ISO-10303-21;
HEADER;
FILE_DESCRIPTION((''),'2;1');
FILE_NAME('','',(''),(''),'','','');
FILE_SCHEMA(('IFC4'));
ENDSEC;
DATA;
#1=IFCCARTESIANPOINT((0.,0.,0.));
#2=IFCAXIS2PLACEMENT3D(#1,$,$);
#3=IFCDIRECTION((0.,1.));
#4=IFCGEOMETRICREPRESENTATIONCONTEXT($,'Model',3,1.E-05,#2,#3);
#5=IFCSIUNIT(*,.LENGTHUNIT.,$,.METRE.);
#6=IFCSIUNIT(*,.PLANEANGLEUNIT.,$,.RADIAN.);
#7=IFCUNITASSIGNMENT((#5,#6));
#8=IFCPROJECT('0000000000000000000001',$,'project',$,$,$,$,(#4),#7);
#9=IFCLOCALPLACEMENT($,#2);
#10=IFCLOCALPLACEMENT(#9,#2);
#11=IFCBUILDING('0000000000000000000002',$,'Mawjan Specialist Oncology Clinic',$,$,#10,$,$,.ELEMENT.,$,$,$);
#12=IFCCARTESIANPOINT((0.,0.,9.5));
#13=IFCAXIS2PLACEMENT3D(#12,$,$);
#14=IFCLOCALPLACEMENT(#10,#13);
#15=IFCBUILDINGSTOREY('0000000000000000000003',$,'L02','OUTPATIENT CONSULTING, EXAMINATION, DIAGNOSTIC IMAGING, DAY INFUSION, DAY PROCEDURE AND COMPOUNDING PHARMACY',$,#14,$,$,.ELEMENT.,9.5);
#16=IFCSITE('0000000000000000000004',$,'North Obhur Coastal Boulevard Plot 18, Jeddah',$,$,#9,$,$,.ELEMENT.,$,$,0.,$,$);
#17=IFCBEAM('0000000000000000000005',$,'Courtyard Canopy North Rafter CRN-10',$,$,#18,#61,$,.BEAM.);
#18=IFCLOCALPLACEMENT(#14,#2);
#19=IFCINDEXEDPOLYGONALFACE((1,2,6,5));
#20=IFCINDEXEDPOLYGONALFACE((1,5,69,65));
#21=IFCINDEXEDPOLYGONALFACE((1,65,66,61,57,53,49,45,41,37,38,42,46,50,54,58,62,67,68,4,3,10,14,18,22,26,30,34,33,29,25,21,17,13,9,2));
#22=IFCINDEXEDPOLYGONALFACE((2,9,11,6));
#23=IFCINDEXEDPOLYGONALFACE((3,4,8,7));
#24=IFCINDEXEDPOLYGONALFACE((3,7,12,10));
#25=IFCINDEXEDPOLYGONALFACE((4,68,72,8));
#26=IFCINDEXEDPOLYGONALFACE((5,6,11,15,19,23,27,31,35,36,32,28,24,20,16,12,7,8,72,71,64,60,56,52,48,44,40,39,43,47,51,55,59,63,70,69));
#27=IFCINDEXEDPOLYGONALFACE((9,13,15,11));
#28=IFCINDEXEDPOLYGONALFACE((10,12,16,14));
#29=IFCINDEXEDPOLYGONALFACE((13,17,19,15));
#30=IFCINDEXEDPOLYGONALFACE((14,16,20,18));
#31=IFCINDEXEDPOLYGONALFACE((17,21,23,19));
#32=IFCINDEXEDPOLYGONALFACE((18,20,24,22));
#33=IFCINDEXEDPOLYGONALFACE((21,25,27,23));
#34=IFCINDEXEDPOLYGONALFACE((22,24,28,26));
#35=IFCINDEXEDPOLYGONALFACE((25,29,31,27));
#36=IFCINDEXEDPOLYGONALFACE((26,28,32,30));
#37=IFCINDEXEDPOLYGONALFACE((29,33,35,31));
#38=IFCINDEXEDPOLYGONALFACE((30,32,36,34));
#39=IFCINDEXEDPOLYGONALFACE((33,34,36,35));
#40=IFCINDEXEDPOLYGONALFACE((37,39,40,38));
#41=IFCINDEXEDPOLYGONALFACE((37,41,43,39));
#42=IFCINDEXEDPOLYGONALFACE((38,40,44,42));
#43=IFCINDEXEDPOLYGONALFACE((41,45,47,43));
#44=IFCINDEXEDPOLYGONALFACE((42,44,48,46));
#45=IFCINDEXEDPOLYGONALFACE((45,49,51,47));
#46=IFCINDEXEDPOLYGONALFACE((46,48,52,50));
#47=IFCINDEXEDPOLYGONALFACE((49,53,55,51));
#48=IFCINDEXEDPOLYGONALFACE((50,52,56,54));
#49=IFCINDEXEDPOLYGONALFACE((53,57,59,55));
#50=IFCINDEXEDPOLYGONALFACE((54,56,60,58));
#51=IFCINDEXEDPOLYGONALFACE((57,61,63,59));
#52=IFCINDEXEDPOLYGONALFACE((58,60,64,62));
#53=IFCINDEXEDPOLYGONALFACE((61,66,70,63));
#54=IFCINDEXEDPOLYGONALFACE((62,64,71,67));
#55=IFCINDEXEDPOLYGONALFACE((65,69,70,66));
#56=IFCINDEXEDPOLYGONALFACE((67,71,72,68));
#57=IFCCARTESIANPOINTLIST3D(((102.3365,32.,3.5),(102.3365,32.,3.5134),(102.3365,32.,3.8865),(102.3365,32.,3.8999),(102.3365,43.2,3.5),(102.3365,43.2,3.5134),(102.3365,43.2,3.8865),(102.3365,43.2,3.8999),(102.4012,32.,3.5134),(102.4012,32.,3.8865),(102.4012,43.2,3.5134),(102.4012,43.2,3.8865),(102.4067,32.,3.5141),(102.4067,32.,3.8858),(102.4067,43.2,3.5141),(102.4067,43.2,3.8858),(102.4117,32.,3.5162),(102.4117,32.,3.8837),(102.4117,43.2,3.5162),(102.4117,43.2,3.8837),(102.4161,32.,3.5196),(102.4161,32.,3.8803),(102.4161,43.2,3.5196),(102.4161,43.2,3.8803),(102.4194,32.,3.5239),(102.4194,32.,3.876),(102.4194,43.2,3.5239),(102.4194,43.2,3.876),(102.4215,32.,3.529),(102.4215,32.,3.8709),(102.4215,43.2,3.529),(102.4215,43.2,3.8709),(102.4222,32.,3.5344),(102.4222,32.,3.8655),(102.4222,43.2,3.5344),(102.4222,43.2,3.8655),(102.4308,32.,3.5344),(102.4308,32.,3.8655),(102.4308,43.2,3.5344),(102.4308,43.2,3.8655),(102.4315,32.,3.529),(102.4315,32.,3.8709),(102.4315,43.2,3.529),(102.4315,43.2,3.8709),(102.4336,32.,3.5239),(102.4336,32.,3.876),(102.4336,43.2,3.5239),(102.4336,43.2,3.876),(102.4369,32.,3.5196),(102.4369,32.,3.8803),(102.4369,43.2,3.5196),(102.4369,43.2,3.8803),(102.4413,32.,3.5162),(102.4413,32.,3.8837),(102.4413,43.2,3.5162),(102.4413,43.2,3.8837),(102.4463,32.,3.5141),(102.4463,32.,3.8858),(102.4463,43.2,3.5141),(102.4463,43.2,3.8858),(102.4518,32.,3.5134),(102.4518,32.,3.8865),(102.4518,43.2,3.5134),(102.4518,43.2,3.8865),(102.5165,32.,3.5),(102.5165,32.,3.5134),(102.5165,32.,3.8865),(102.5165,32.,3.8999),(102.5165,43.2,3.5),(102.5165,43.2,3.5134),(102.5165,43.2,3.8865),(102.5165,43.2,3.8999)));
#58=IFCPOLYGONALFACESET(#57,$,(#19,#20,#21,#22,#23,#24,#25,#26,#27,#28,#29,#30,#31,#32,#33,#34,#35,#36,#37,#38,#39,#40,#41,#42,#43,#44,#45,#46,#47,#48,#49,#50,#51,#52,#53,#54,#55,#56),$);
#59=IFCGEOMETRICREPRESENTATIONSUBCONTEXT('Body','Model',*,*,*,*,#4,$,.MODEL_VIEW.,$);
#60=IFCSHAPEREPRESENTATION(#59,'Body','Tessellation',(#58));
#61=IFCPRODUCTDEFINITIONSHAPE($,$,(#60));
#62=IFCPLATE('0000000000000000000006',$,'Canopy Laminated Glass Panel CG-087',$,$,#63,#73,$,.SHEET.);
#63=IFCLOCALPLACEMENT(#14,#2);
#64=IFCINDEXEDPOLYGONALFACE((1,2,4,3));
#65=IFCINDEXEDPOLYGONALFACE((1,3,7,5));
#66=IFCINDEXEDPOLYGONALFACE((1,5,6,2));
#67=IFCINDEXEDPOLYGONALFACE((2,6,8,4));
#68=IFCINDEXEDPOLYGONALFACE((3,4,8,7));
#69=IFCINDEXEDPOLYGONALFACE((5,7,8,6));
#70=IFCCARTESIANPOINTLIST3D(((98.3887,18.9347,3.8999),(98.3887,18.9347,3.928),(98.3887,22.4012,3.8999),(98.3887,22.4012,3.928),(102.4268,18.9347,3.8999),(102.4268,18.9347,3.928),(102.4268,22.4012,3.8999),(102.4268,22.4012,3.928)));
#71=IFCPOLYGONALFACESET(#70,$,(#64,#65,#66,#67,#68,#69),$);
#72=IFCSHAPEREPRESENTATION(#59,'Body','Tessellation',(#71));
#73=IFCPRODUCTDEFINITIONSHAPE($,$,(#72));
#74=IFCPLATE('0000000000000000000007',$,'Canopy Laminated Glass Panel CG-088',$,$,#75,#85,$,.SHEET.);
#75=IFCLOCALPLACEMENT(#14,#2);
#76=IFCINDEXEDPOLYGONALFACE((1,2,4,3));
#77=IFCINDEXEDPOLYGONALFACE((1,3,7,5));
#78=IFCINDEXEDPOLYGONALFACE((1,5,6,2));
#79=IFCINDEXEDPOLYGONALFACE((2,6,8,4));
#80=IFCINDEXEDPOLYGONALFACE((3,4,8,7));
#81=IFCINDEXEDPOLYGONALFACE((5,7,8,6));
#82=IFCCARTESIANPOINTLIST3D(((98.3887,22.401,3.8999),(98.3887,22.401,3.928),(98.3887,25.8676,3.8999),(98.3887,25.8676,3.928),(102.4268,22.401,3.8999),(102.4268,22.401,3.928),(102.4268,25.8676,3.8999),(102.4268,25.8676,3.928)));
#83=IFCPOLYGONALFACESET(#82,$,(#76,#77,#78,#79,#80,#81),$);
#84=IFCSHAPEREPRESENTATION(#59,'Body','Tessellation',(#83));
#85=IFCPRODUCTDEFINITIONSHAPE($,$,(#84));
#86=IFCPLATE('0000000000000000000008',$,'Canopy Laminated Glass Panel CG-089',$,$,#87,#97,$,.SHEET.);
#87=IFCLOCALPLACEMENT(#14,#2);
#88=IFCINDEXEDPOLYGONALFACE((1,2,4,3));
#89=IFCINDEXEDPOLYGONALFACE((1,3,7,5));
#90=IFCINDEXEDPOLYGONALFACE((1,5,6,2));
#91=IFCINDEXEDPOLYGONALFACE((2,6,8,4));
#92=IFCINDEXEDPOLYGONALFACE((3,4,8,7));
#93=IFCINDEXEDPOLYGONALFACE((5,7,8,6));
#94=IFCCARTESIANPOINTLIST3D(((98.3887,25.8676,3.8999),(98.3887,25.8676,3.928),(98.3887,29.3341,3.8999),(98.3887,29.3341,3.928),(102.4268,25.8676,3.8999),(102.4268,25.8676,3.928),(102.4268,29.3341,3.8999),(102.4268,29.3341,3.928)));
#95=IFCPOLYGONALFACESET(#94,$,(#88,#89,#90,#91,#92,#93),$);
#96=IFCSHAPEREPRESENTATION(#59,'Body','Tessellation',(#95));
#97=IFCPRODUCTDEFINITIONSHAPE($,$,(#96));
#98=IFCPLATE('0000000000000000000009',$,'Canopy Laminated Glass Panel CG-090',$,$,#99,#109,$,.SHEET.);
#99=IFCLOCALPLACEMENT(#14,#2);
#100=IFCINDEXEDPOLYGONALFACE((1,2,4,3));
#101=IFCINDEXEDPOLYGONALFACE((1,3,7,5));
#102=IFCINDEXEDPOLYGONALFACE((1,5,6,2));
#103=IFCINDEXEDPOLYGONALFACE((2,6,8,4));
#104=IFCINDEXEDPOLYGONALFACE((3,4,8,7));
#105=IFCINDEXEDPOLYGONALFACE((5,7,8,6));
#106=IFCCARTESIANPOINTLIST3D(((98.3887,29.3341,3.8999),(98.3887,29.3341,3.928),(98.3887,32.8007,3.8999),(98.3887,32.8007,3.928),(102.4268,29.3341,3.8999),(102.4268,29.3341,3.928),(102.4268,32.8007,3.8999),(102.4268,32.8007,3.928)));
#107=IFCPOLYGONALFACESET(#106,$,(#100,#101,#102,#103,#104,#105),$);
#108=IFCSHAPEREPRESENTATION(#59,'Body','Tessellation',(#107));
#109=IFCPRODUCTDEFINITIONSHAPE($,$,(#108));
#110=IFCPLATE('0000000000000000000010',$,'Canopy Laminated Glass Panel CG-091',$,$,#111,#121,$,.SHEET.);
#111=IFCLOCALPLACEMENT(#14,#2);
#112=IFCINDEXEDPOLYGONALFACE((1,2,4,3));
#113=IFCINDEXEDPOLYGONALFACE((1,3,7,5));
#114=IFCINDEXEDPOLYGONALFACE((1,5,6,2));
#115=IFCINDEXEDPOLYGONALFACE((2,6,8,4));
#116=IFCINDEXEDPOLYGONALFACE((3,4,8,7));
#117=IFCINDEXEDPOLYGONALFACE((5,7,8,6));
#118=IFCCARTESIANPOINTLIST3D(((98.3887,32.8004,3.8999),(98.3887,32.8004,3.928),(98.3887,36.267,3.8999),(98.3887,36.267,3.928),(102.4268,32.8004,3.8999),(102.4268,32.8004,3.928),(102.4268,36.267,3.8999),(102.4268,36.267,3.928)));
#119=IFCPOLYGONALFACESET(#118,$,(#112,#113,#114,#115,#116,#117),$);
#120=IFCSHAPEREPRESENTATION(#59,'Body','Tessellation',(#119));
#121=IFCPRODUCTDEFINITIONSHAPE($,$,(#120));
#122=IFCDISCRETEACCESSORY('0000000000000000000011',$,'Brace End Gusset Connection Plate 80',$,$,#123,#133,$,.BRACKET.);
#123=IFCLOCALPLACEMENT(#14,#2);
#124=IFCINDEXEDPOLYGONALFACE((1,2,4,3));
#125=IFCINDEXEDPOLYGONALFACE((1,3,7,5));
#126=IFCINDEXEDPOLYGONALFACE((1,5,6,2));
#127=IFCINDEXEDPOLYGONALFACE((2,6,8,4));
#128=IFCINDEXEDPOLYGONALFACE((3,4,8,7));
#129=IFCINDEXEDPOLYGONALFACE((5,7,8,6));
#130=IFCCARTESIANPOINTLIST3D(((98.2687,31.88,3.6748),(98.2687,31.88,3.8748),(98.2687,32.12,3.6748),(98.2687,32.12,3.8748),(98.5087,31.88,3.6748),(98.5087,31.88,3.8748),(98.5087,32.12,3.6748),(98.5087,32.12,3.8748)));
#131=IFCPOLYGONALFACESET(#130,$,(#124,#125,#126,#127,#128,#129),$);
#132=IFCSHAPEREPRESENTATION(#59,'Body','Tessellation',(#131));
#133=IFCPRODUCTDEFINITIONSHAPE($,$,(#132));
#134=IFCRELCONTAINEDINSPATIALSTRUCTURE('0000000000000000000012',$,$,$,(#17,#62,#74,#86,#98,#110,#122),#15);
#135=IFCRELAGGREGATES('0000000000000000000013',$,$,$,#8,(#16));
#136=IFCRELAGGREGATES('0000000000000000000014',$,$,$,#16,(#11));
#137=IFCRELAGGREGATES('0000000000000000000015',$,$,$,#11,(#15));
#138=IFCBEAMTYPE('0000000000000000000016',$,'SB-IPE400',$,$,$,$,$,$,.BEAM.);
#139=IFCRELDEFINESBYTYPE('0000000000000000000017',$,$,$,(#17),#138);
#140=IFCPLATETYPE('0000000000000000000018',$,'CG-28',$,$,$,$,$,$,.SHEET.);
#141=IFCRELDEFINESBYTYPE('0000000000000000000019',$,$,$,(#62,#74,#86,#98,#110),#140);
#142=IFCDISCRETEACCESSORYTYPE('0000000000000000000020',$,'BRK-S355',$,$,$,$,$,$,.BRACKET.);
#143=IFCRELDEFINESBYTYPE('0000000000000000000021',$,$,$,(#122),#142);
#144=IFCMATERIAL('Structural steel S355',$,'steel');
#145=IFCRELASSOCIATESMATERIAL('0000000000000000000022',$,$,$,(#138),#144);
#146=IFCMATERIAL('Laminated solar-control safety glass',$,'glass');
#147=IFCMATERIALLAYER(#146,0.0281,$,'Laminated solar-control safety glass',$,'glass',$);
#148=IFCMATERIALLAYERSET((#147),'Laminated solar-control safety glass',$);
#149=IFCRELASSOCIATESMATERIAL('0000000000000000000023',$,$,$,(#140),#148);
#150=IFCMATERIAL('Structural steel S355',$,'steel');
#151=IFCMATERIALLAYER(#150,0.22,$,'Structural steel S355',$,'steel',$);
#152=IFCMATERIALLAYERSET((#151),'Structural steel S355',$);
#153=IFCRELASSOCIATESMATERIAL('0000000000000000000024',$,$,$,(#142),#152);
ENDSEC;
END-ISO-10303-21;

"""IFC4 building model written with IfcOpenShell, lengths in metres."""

from ifc_helpers import new_model, si_unit, direction, frame, origin, origin_2d, place, context, subcontext, project, spatial, rectangle, i_section, extrude, material, layer, layer_set, material_profile, profile_set, type_object, element, save


model = new_model("IFC4")

# Units and contexts
model_context = context("Model", 3, precision=1e-05, world=origin(), true_north=direction((0.0, 1.0)))
body_context = subcontext(model_context, "Body", "Model", "MODEL_VIEW")
ifc_project = project(units=[si_unit("LENGTHUNIT", "METRE"), si_unit("PLANEANGLEUNIT", "RADIAN")], contexts=[model_context])

# Site, building, storey
site_placement = place(None, origin())
site = spatial("IfcSite", under=ifc_project, at=site_placement, Name="North Obhur Coastal Boulevard Plot 18, Jeddah", CompositionType="ELEMENT", RefElevation=0.0)
building_placement = place(site_placement, origin())
building = spatial("IfcBuilding", under=site, at=building_placement, Name="Mawjan Specialist Oncology Clinic", CompositionType="ELEMENT")
storey_placement = place(building_placement, frame((0.0, 0.0, 9.5)))
storey = spatial("IfcBuildingStorey", under=building, at=storey_placement, Name="L02", Description="OUTPATIENT CONSULTING, EXAMINATION, DIAGNOSTIC IMAGING, DAY INFUSION, DAY PROCEDURE AND COMPOUNDING PHARMACY", CompositionType="ELEMENT", Elevation=9.5)

# Beam
ifc_material_1 = material(Name="Structural steel S355", Category="steel")
ifc_material_profile_1 = material_profile(ifc_material_1, i_section(OverallWidth=0.1799, OverallDepth=0.3999, WebThickness=0.0085, FlangeThickness=0.0134, FilletRadius=0.021, at=origin_2d()), Name="IPE 400", Category="steel")
ifc_profile_set_1 = profile_set([ifc_material_profile_1], Name="Structural steel S355")
beam_type_1 = type_object("IfcBeamType", Name="SB-IPE400", PredefinedType="BEAM", material=ifc_profile_set_1)
beam_1_placement = place(storey_placement, frame((102.4265, 32.0, 3.7), z_axis=(0.0, 1.0, 0.0), x_axis=(-1.0, 0.0, 0.0)))
element("IfcBeam", 1, at=beam_1_placement, inside=storey, type_object=beam_type_1, Name="Courtyard Canopy North Rafter CRN-10", PredefinedType="BEAM", context=body_context, shape_type="SweptSolid", body=[
    extrude(i_section(OverallWidth=0.1799, OverallDepth=0.3999, WebThickness=0.0085, FlangeThickness=0.0134, FilletRadius=0.021, at=origin_2d()), origin(), (0.0, 0.0, 1.0), 11.2),
])

# Plates
ifc_material_2 = material(Name="Laminated solar-control safety glass", Category="glass")
ifc_layer_1 = layer(ifc_material_2, 0.0281, Name="Laminated solar-control safety glass", Category="glass")
ifc_layer_set_1 = layer_set([ifc_layer_1], Name="Laminated solar-control safety glass")
plate_type = type_object("IfcPlateType", Name="CG-28", PredefinedType="SHEET", material=ifc_layer_set_1)
for number, where, z_axis, x_axis, name in (
    (2, (100.4077, 20.668, 3.8999), (0.0, 0.0, 1.0), (1.0, 0.0, 0.0), "Canopy Laminated Glass Panel CG-087"),
    (3, (100.4077, 24.1343, 3.8999), (0.0, 0.0, 1.0), (1.0, 0.0, 0.0), "Canopy Laminated Glass Panel CG-088"),
    (4, (100.4077, 27.6008, 3.8999), (0.0, 0.0, 1.0), (1.0, 0.0, 0.0), "Canopy Laminated Glass Panel CG-089"),
    (5, (100.4077, 31.0674, 3.8999), (0.0, 0.0, 1.0), (1.0, 0.0, 0.0), "Canopy Laminated Glass Panel CG-090"),
    (6, (100.4077, 34.5337, 3.8999), (0.0, 0.0, 1.0), (1.0, 0.0, 0.0), "Canopy Laminated Glass Panel CG-091"),
):
    element("IfcPlate", number, at=place(storey_placement, frame(where, z_axis=z_axis, x_axis=x_axis)), inside=storey, type_object=plate_type, Name=name, PredefinedType="SHEET", context=body_context, shape_type="SweptSolid", body=[
        extrude(rectangle(XDim=4.0381, YDim=3.4666, at=origin_2d()), origin(), (0.0, 0.0, 1.0), 0.0281),
    ])

# Discrete accessory
ifc_material_3 = material(Name="Structural steel S355", Category="steel")
ifc_layer_2 = layer(ifc_material_3, 0.22, Name="Structural steel S355", Category="steel")
ifc_layer_set_2 = layer_set([ifc_layer_2], Name="Structural steel S355")
discrete_accessory_type = type_object("IfcDiscreteAccessoryType", Name="BRK-S355", PredefinedType="BRACKET", material=ifc_layer_set_2)
discrete_accessory_placement = place(storey_placement, frame((98.3887, 32.0, 3.6748), z_axis=(0.0, 0.0, 1.0), x_axis=(1.0, 0.0, 0.0)))
element("IfcDiscreteAccessory", 7, at=discrete_accessory_placement, inside=storey, type_object=discrete_accessory_type, Name="Brace End Gusset Connection Plate 80", PredefinedType="BRACKET", context=body_context, shape_type="SweptSolid", body=[
    extrude(rectangle(XDim=0.24, YDim=0.24, at=origin_2d()), origin(), (0.0, 0.0, 1.0), 0.2),
])

save(model, "model.ifc")
